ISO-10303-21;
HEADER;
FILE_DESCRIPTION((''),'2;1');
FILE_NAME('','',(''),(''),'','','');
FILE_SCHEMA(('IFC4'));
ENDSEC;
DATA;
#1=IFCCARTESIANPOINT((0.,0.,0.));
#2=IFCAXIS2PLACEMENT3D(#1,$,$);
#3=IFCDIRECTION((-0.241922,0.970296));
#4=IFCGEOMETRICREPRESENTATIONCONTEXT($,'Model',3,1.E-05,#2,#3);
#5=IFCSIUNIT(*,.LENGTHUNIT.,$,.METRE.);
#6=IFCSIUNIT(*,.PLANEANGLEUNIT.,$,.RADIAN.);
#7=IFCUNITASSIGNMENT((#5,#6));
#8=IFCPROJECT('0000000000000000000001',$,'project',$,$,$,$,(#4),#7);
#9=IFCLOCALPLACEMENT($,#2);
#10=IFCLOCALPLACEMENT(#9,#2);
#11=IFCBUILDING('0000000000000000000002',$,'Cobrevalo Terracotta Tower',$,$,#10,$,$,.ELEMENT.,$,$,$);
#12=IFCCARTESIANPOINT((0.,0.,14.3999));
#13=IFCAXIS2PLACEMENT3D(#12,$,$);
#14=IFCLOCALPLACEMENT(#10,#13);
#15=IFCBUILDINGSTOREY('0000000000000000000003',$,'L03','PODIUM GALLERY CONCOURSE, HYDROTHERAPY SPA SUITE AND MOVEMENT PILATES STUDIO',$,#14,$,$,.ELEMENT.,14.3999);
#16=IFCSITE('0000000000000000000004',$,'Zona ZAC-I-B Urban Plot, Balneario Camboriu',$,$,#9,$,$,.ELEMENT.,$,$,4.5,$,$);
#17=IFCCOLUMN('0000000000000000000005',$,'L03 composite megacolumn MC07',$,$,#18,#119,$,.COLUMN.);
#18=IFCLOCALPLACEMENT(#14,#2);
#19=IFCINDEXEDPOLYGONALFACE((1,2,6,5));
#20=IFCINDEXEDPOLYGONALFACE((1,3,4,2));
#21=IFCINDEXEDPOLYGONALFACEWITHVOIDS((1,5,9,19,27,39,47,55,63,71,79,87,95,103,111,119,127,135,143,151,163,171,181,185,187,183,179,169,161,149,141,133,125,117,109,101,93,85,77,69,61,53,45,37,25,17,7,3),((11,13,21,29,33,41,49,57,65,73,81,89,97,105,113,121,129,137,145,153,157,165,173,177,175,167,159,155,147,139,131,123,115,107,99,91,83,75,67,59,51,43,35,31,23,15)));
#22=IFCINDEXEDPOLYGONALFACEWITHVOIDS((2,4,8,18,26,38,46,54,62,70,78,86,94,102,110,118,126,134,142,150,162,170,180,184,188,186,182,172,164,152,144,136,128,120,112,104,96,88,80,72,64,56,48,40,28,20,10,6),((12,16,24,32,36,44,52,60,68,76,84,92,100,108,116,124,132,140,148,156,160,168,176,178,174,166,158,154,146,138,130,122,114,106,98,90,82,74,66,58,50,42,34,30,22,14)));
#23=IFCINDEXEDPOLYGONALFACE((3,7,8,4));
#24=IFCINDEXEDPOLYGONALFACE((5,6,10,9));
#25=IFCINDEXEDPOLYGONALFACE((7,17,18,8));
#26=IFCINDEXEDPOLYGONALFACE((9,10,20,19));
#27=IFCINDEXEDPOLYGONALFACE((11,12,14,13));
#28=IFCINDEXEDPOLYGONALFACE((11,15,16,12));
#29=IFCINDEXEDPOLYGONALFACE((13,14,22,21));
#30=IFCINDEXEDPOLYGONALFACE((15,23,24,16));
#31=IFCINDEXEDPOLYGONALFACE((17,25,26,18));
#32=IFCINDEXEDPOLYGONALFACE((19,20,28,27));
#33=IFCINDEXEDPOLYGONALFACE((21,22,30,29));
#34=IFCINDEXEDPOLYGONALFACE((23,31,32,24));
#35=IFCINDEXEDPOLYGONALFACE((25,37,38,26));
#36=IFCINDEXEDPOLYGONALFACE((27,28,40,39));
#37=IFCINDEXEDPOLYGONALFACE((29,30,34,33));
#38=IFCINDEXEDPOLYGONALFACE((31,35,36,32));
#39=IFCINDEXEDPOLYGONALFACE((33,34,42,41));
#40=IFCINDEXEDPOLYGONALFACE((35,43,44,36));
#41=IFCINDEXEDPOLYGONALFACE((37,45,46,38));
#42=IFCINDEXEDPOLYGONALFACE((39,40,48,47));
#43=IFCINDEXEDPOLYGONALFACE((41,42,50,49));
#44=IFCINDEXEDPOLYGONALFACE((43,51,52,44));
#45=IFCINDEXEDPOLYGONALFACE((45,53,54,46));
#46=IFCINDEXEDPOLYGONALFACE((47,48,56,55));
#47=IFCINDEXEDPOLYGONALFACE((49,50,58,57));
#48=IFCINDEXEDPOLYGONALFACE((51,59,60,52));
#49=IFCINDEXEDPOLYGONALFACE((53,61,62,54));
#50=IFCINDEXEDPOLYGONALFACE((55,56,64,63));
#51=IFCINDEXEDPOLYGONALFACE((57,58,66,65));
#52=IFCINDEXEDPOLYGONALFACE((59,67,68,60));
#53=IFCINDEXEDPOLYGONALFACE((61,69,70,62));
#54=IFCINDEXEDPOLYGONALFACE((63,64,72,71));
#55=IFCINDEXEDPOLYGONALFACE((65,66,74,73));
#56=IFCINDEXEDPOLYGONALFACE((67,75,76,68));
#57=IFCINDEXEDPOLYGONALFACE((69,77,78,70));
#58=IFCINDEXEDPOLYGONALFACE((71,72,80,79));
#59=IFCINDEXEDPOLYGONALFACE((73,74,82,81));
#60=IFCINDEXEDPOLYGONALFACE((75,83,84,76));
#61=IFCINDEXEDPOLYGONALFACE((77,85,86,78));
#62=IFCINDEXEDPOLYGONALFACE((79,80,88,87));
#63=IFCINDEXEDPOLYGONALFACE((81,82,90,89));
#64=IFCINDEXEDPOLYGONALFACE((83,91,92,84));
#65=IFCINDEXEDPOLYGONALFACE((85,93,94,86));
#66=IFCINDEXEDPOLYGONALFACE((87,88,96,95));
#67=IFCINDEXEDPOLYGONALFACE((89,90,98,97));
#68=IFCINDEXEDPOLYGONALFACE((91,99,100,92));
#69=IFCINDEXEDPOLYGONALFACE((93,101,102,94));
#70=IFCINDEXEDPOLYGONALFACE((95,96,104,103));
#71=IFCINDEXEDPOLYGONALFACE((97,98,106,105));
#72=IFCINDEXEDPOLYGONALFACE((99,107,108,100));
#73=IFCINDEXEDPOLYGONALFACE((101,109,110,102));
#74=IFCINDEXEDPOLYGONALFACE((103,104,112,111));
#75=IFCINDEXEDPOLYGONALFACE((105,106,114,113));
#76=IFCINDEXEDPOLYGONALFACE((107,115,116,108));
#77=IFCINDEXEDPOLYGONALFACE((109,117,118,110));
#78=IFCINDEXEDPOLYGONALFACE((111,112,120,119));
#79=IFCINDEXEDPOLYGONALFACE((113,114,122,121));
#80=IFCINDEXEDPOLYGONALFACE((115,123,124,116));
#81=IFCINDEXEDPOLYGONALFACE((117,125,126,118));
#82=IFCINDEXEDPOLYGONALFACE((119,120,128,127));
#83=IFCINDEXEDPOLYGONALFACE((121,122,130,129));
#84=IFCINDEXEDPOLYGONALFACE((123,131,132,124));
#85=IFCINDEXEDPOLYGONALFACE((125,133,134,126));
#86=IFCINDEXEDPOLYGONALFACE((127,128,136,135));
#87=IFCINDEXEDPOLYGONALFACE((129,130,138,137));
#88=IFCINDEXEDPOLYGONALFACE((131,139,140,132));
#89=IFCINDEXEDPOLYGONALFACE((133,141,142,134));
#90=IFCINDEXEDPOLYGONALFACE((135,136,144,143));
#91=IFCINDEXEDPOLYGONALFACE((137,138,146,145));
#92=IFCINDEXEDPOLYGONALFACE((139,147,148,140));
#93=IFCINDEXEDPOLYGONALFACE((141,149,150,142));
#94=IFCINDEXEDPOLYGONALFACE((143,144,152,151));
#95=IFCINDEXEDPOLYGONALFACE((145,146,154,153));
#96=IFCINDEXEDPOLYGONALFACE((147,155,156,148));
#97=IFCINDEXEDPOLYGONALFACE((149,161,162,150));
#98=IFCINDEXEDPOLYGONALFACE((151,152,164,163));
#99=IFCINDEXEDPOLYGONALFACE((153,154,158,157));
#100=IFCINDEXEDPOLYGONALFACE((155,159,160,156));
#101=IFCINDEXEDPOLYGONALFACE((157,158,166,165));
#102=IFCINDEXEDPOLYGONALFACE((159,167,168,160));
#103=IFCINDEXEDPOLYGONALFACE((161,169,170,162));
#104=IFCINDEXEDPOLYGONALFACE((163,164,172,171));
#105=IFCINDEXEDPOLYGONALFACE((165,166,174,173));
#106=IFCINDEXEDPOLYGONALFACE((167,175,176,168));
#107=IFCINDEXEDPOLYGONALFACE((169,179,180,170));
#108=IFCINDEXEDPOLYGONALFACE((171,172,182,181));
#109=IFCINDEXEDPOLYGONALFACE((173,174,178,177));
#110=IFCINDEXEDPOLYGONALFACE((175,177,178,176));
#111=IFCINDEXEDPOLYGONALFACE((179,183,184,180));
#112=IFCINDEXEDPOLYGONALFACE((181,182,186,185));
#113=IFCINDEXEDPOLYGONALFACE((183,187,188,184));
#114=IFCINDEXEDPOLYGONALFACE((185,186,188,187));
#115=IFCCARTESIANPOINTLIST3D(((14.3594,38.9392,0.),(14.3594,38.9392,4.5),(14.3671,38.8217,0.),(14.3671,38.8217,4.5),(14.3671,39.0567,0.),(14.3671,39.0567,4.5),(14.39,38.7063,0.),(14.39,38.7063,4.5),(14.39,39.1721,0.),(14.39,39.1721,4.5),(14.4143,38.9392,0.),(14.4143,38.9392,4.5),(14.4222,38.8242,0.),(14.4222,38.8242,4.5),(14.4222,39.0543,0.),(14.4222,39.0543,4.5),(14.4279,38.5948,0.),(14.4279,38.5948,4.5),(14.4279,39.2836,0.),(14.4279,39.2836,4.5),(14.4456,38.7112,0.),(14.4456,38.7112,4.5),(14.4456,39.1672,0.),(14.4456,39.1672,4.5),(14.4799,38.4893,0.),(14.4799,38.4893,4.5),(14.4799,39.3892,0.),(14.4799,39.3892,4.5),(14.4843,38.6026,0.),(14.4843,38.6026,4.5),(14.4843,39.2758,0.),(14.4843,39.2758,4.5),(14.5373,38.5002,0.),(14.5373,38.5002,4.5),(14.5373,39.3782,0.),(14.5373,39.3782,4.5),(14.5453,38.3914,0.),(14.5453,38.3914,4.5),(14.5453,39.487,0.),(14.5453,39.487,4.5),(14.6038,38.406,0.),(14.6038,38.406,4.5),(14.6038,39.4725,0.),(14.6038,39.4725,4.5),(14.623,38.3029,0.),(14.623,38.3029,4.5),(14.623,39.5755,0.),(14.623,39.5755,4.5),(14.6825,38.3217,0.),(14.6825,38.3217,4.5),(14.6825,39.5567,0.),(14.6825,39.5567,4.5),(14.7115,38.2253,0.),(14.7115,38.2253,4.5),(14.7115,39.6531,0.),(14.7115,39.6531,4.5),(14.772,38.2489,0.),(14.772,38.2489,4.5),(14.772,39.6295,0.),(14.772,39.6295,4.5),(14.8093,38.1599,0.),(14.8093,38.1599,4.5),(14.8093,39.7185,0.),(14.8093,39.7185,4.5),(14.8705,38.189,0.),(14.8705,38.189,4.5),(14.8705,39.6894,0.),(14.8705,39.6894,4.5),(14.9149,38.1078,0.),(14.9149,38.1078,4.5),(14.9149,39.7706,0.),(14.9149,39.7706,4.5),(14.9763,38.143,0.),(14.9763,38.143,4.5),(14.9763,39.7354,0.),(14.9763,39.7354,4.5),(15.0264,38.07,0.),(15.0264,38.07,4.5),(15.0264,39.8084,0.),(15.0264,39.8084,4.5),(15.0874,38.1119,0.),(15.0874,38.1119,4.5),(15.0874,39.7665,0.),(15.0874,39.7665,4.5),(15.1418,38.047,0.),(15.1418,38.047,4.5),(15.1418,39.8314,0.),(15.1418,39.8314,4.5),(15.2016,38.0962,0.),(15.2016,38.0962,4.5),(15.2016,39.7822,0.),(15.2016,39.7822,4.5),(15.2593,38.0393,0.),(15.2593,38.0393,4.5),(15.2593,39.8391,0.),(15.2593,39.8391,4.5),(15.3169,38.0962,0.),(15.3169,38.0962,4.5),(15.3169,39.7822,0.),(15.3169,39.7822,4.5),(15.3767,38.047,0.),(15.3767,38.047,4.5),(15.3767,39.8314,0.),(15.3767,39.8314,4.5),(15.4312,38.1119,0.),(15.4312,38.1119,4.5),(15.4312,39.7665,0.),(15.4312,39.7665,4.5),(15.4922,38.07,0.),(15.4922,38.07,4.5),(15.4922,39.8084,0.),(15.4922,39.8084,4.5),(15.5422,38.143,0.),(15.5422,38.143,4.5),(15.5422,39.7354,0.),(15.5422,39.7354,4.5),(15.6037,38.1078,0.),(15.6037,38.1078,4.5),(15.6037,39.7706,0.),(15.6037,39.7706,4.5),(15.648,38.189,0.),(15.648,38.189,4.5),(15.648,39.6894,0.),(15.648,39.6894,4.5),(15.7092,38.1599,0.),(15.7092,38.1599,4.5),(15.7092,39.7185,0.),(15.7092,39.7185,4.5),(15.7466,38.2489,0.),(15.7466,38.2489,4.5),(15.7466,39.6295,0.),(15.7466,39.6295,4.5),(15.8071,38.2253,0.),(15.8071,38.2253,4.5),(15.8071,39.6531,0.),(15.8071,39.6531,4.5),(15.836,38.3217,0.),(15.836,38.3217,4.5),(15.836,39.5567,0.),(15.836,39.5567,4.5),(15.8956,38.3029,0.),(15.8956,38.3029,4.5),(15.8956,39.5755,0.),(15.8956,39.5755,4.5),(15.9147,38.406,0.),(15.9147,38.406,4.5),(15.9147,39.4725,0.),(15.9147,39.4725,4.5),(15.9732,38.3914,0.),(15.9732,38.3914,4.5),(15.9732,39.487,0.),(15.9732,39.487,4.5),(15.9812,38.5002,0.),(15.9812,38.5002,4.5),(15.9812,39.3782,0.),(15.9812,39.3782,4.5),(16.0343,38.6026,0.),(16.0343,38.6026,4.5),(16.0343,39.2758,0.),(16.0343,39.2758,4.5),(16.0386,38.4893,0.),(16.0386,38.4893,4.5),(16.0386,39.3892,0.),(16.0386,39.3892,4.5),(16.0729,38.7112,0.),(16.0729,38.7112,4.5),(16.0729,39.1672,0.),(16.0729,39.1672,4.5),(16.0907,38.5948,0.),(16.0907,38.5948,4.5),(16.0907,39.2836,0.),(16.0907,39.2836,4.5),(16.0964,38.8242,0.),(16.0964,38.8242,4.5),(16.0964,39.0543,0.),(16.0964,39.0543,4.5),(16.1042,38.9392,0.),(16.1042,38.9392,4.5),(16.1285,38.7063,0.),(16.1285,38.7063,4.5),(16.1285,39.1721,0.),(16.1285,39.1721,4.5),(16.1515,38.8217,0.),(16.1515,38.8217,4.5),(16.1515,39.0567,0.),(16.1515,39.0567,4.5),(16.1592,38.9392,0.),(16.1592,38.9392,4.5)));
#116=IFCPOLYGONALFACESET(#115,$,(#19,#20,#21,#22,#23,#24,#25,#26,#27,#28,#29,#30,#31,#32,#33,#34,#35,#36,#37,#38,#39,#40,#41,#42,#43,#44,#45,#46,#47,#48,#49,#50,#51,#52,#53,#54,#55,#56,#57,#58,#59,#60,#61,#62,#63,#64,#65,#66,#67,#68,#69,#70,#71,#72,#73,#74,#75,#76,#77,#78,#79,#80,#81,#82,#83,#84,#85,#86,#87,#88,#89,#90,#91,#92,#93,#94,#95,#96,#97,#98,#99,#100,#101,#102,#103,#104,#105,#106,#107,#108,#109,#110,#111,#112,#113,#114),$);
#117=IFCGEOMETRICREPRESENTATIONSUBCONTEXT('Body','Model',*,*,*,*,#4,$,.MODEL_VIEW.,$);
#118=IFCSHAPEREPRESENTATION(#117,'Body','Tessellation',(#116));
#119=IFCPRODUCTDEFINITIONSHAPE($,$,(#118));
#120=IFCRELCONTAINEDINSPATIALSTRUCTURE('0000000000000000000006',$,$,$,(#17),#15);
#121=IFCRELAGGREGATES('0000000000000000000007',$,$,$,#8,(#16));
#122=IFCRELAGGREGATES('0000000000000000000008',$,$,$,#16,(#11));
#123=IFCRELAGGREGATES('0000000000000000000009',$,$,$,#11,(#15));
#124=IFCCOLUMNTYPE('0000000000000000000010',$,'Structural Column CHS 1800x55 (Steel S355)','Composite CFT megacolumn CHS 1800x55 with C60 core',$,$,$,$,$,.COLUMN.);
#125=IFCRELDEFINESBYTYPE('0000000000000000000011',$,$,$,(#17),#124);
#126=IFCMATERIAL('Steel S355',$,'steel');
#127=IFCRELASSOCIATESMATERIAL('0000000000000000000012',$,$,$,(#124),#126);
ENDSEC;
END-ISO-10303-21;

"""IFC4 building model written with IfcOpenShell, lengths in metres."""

from ifc_helpers import new_model, si_unit, direction, frame, origin, origin_2d, place, context, subcontext, project, spatial, hollow_circle, extrude, material, material_profile, profile_set, type_object, element, save


model = new_model("IFC4")

# Units and contexts
model_context = context("Model", 3, precision=1e-05, world=origin(), true_north=direction((-0.241922, 0.970296)))
body_context = subcontext(model_context, "Body", "Model", "MODEL_VIEW")
ifc_project = project(units=[si_unit("LENGTHUNIT", "METRE"), si_unit("PLANEANGLEUNIT", "RADIAN")], contexts=[model_context])

# Site, building, storey
site_placement = place(None, origin())
site = spatial("IfcSite", under=ifc_project, at=site_placement, Name="Zona ZAC-I-B Urban Plot, Balneario Camboriu", CompositionType="ELEMENT", RefElevation=4.5)
building_placement = place(site_placement, origin())
building = spatial("IfcBuilding", under=site, at=building_placement, Name="Cobrevalo Terracotta Tower", CompositionType="ELEMENT")
storey_placement = place(building_placement, frame((0.0, 0.0, 14.3999)))
storey = spatial("IfcBuildingStorey", under=building, at=storey_placement, Name="L03", Description="PODIUM GALLERY CONCOURSE, HYDROTHERAPY SPA SUITE AND MOVEMENT PILATES STUDIO", CompositionType="ELEMENT", Elevation=14.3999)

# Column
ifc_material_1 = material(Name="Steel S355", Category="steel")
ifc_material_profile_1 = material_profile(ifc_material_1, hollow_circle(Radius=0.8999, WallThickness=0.0549, at=origin_2d()), Name="CHS 1800x55")
ifc_profile_set_1 = profile_set([ifc_material_profile_1], Name="Steel S355")
column_type_1 = type_object("IfcColumnType", Name="Structural Column CHS 1800x55 (Steel S355)", Description="Composite CFT megacolumn CHS 1800x55 with C60 core", PredefinedType="COLUMN", material=ifc_profile_set_1)
for number, where, z_axis, x_axis, name in (
    (1, (15.2593, 38.9392, 0.0), (0.0, 0.0, 1.0), (1.0, 0.0, 0.0), "L03 composite megacolumn MC07"),
):
    element("IfcColumn", number, at=place(storey_placement, frame(where, z_axis=z_axis, x_axis=x_axis)), inside=storey, type_object=column_type_1, Name=name, PredefinedType="COLUMN", context=body_context, shape_type="SweptSolid", body=[
        extrude(hollow_circle(Radius=0.8999, WallThickness=0.0549, at=origin_2d()), origin(), (0.0, 0.0, 1.0), 4.5),
    ])

save(model, "model.ifc")
